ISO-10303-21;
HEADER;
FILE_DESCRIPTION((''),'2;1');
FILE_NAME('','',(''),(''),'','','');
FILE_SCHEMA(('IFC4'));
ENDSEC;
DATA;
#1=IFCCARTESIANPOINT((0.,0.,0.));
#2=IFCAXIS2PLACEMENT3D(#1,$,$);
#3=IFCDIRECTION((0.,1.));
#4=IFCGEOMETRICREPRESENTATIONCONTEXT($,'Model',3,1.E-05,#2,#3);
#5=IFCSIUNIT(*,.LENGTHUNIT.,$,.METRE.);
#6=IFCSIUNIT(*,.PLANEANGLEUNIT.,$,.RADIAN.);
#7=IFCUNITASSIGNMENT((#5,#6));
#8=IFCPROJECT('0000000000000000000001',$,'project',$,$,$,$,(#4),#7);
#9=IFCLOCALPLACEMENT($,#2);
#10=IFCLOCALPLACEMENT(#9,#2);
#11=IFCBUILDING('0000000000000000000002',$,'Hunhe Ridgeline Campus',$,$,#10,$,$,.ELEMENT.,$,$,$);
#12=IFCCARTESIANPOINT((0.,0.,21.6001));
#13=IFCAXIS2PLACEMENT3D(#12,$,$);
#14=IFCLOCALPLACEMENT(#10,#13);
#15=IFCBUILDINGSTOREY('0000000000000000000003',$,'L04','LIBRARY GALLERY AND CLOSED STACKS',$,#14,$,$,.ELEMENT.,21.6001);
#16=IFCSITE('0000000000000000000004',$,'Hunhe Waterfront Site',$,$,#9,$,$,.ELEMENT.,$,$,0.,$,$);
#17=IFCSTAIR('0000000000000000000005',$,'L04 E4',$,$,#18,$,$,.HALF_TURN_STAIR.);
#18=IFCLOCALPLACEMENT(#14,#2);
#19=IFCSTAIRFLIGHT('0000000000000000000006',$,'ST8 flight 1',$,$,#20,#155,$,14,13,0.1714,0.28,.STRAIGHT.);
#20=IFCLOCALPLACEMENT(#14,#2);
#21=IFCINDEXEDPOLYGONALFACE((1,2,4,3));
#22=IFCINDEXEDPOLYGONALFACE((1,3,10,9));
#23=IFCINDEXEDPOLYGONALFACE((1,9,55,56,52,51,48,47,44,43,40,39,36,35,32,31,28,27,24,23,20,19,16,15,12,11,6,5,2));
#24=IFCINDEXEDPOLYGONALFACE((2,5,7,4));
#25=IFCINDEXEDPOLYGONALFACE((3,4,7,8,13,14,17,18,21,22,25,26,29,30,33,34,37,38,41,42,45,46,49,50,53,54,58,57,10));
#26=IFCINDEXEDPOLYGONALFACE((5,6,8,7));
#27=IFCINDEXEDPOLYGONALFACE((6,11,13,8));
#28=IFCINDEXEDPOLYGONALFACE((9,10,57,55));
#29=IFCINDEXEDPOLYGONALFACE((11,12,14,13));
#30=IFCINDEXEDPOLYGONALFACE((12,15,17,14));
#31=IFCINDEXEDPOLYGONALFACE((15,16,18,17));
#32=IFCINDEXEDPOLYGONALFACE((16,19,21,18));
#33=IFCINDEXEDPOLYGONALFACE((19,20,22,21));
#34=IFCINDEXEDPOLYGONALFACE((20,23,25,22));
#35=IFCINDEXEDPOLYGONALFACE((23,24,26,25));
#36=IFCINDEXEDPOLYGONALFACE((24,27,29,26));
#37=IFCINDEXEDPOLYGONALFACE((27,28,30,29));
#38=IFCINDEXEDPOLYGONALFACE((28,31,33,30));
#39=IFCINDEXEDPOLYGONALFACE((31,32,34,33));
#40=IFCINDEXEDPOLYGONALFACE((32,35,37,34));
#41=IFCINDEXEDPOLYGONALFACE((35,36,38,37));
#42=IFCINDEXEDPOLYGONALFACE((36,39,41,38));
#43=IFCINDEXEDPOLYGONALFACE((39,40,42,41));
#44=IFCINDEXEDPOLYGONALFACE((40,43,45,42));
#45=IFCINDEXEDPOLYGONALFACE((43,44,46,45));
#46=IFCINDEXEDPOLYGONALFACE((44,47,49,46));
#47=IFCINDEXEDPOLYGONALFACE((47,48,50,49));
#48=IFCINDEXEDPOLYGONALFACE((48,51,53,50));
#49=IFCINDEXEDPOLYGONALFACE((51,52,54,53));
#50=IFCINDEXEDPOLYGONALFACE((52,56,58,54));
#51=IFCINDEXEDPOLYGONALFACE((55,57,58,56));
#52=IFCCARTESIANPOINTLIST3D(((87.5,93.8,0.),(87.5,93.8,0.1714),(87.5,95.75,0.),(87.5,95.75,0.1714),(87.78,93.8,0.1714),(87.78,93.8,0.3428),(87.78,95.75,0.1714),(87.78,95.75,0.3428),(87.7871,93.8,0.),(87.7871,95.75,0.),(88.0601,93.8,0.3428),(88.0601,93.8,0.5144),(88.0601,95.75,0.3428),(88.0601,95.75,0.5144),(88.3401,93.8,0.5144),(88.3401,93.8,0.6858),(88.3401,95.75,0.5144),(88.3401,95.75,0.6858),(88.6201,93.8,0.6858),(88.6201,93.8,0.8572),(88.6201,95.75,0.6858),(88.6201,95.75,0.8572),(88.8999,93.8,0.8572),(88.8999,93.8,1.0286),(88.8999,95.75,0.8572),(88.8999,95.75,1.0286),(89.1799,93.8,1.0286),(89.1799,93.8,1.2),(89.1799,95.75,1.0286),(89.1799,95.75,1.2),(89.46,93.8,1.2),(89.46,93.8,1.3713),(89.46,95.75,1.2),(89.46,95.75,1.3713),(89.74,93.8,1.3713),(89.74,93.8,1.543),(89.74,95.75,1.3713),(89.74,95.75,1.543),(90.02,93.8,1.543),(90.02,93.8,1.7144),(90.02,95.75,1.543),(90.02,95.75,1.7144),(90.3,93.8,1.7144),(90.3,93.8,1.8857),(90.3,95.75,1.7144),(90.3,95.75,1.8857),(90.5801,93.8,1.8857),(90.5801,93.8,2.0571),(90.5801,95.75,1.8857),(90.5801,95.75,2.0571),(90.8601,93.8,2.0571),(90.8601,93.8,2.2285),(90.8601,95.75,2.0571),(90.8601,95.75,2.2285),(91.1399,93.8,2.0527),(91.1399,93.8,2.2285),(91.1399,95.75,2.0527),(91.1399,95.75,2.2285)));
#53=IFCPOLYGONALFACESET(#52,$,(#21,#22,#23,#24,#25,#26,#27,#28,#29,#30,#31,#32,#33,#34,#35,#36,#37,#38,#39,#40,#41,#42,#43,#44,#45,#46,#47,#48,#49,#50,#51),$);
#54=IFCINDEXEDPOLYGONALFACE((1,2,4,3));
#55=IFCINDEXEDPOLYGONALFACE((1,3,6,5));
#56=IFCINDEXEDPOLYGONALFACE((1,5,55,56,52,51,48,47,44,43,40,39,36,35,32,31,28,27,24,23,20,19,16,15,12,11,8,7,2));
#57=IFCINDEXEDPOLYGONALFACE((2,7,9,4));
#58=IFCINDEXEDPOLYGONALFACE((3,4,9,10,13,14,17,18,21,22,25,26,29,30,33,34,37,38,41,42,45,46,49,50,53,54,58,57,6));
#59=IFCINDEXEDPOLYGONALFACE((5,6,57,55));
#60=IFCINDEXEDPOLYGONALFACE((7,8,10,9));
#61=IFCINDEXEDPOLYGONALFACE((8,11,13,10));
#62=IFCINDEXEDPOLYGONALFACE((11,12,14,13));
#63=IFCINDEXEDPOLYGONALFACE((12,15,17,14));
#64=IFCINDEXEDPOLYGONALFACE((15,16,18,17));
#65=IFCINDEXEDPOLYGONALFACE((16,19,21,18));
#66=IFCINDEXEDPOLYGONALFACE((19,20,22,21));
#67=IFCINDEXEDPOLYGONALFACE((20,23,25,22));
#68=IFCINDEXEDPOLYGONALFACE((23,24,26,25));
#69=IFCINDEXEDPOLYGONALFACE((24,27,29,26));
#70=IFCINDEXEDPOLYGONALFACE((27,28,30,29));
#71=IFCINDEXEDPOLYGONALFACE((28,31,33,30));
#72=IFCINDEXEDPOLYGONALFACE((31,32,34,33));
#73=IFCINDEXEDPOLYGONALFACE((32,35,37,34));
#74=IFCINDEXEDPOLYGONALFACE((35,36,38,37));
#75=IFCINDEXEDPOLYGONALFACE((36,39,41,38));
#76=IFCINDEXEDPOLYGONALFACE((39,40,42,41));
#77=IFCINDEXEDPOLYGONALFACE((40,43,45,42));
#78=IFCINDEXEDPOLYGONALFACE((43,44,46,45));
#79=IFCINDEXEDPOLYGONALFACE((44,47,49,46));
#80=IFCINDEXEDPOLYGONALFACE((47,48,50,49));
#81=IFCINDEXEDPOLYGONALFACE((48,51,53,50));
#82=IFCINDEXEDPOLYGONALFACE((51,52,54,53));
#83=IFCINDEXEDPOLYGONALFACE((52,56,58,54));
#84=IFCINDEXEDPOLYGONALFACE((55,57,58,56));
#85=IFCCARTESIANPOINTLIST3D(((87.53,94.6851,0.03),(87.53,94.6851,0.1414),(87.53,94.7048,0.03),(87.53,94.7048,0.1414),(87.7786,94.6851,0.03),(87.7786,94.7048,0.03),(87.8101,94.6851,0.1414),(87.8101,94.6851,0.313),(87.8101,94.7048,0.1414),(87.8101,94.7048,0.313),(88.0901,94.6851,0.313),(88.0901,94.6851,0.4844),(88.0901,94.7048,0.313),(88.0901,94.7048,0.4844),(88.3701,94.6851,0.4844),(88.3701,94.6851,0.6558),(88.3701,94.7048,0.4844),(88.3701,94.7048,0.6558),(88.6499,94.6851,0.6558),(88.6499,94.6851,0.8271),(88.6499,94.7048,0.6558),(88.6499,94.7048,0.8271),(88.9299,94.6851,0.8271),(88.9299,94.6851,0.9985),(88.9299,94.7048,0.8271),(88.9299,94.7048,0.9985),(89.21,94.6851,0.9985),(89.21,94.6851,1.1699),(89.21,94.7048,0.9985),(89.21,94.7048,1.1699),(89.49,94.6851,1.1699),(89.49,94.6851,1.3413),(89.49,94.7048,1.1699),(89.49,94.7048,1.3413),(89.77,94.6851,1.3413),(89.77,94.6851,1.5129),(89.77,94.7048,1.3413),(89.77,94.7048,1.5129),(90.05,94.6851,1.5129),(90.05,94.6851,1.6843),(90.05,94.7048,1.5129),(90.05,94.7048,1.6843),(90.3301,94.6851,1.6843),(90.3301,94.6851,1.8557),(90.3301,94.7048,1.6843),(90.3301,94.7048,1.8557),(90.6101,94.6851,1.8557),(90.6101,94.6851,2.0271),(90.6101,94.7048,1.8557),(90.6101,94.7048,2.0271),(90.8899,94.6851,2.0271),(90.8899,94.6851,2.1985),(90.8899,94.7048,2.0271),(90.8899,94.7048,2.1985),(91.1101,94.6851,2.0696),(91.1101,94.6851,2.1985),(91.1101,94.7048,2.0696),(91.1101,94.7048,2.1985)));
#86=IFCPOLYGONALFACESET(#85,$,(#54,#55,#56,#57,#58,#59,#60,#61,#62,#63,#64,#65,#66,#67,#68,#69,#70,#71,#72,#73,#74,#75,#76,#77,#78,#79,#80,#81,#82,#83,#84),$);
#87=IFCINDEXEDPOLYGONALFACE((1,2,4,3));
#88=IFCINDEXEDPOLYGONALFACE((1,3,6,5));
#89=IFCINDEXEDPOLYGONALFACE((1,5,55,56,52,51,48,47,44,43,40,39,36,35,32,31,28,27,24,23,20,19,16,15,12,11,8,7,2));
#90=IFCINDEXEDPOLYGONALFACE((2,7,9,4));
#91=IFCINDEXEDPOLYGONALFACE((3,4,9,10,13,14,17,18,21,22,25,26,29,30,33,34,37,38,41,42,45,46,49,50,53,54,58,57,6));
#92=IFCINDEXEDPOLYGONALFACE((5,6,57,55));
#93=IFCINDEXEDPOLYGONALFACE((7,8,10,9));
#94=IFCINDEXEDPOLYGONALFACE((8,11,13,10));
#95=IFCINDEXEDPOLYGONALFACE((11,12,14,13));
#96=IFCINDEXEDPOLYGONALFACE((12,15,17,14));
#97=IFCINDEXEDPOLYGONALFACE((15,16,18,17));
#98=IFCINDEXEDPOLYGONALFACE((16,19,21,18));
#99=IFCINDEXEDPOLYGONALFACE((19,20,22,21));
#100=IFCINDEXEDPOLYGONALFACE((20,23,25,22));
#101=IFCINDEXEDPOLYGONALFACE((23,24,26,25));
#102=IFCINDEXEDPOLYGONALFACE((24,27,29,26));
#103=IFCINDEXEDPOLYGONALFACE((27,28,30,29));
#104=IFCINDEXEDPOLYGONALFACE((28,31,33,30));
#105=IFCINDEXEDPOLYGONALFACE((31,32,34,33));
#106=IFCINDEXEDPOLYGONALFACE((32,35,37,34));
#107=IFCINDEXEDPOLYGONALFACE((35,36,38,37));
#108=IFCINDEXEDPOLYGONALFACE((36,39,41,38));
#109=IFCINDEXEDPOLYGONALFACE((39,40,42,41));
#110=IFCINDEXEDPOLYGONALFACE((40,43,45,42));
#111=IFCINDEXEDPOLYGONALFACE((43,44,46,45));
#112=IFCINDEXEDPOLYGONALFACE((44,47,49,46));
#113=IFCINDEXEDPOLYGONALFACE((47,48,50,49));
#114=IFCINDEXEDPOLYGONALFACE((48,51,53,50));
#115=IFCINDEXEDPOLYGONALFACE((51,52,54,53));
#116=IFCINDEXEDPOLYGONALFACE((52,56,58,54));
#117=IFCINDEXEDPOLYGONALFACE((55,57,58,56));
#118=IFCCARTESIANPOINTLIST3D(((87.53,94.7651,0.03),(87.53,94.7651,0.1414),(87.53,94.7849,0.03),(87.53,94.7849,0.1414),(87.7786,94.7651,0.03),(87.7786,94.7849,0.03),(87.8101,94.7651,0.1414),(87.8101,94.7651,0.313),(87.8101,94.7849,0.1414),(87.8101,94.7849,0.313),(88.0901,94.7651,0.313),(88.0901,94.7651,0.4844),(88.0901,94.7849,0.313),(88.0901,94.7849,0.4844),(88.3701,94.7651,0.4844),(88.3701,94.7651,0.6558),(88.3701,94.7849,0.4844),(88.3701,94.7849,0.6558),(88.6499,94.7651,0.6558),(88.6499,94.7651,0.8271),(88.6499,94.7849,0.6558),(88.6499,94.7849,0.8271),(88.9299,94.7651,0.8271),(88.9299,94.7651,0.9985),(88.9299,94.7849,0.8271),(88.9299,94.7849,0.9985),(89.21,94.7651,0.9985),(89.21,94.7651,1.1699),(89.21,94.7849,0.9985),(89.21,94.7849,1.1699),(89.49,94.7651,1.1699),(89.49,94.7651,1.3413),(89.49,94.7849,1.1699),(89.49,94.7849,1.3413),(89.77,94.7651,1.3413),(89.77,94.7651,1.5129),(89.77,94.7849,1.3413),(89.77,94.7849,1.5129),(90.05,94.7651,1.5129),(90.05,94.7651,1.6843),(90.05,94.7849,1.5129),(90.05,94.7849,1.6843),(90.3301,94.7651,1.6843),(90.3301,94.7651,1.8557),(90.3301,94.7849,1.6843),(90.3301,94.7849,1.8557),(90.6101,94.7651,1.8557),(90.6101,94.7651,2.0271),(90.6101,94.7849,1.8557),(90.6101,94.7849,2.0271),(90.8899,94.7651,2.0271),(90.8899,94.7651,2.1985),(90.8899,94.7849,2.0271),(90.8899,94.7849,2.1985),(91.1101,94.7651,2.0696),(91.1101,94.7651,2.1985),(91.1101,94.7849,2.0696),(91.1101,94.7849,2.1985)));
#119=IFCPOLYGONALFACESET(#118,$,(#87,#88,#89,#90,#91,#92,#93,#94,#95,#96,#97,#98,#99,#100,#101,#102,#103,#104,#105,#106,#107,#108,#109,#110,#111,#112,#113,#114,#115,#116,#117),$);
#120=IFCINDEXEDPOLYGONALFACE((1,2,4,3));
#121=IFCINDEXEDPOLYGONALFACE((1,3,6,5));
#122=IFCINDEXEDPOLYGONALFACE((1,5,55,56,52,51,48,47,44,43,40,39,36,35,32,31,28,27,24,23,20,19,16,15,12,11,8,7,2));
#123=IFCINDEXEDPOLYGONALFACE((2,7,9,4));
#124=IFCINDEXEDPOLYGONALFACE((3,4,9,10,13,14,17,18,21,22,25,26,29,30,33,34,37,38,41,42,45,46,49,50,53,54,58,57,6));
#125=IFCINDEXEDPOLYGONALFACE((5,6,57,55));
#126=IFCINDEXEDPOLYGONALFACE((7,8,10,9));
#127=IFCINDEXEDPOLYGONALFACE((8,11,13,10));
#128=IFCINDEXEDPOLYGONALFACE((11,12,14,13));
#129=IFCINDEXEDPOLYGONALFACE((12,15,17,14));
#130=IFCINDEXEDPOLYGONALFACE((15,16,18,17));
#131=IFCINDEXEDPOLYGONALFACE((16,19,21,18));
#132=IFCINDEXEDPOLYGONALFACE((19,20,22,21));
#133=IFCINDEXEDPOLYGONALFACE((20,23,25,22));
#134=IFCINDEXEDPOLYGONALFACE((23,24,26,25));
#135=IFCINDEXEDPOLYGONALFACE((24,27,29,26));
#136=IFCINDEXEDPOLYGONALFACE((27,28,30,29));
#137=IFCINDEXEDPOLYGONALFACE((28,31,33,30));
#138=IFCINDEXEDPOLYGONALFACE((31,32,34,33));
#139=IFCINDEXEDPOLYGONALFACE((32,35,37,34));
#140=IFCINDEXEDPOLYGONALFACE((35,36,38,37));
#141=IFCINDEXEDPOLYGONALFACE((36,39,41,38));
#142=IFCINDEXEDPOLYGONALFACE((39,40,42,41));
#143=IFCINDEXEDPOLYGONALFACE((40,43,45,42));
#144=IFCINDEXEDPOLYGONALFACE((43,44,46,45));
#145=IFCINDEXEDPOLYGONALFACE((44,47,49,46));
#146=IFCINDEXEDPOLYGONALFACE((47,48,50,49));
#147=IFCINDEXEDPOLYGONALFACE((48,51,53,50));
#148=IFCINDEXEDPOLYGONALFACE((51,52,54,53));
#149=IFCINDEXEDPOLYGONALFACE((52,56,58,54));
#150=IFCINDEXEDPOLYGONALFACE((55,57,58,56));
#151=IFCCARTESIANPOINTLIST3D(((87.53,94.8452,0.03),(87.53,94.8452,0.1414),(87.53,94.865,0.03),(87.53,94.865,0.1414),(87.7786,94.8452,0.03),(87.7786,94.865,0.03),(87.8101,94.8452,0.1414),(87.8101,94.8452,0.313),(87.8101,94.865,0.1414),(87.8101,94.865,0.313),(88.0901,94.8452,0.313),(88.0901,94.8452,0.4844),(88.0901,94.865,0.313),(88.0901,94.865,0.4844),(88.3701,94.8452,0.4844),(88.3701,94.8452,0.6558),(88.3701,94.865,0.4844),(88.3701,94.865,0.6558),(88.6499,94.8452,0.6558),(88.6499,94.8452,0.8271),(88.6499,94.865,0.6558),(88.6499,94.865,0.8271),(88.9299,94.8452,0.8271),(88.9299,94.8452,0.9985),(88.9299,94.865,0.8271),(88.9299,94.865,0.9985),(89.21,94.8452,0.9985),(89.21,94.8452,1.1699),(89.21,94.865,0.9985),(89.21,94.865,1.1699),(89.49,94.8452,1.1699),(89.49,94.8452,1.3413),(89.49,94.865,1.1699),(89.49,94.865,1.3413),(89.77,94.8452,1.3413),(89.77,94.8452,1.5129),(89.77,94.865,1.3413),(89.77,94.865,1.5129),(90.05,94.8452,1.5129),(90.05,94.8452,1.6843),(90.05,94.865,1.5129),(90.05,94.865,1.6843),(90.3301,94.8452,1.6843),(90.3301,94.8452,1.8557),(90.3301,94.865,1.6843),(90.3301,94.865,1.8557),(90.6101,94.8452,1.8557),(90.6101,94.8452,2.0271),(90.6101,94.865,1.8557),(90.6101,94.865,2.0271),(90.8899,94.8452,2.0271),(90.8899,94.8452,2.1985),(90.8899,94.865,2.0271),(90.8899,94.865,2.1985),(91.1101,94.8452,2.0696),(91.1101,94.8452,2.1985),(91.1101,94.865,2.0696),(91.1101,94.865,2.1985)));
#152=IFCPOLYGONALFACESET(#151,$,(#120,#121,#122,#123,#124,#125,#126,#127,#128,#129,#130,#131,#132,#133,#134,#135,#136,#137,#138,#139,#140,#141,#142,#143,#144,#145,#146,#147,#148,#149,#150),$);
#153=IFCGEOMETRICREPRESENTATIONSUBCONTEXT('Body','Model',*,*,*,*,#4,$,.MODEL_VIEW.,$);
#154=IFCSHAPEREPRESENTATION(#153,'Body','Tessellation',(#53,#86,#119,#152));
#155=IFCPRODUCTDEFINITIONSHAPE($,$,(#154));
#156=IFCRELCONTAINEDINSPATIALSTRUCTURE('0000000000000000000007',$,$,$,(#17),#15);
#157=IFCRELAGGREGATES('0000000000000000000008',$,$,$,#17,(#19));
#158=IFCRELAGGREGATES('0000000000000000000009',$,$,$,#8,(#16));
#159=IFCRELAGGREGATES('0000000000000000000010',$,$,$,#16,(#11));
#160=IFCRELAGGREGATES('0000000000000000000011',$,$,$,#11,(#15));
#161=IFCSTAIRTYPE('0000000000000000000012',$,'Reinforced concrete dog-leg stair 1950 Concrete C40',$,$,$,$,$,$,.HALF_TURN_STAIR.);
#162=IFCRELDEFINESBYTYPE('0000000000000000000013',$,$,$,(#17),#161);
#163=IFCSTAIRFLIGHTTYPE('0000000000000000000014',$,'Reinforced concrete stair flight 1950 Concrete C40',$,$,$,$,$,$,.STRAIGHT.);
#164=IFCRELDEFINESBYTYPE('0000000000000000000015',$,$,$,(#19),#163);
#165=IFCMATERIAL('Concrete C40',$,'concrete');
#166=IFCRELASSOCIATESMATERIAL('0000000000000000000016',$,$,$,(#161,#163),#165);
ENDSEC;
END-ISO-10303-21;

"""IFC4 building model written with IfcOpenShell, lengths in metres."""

from ifc_helpers import new_model, si_unit, direction, frame, origin, place, context, subcontext, project, spatial, polyline, outline, extrude, material, type_object, element, aggregate, save


model = new_model("IFC4")

# Units and contexts
model_context = context("Model", 3, precision=1e-05, world=origin(), true_north=direction((0.0, 1.0)))
body_context = subcontext(model_context, "Body", "Model", "MODEL_VIEW")
ifc_project = project(units=[si_unit("LENGTHUNIT", "METRE"), si_unit("PLANEANGLEUNIT", "RADIAN")], contexts=[model_context])

# Site, building, storey
site_placement = place(None, origin())
site = spatial("IfcSite", under=ifc_project, at=site_placement, Name="Hunhe Waterfront Site", CompositionType="ELEMENT", RefElevation=0.0)
building_placement = place(site_placement, origin())
building = spatial("IfcBuilding", under=site, at=building_placement, Name="Hunhe Ridgeline Campus", CompositionType="ELEMENT")
storey_placement = place(building_placement, frame((0.0, 0.0, 21.6001)))
storey = spatial("IfcBuildingStorey", under=building, at=storey_placement, Name="L04", Description="LIBRARY GALLERY AND CLOSED STACKS", CompositionType="ELEMENT", Elevation=21.6001)

# Stair, stair flight
ifc_material_1 = material(Name="Concrete C40", Category="concrete")
stair_type = type_object("IfcStairType", Name="Reinforced concrete dog-leg stair 1950 Concrete C40", PredefinedType="HALF_TURN_STAIR", material=ifc_material_1)
stair_placement = place(storey_placement, origin())
stair = element("IfcStair", 1, at=stair_placement, inside=storey, type_object=stair_type, Name="L04 E4", PredefinedType="HALF_TURN_STAIR")
stair_flight_type = type_object("IfcStairFlightType", Name="Reinforced concrete stair flight 1950 Concrete C40", PredefinedType="STRAIGHT", material=ifc_material_1)
stair_flight_1_placement = place(storey_placement, frame((87.5, 94.7749, 0.0), z_axis=(0.0, 0.0, 1.0), x_axis=(1.0, 0.0, 0.0)))
stair_flight_1 = element("IfcStairFlight", 2, at=stair_flight_1_placement, type_object=stair_flight_type, Name="ST8 flight 1", NumberOfRisers=14, NumberOfTreads=13, PredefinedType="STRAIGHT", RiserHeight=0.1714, TreadLength=0.28, context=body_context, shape_type="SweptSolid", body=[
    extrude(outline(polyline([(0.0, 0.0), (0.0, 0.1714), (0.28, 0.1714), (0.28, 0.3428), (0.5601, 0.3428), (0.5601, 0.5144), (0.8401, 0.5144), (0.8401, 0.6858), (1.1201, 0.6858), (1.1201, 0.8572), (1.3999, 0.8572), (1.3999, 1.0286), (1.6799, 1.0286), (1.6799, 1.2), (1.96, 1.2), (1.96, 1.3713), (2.24, 1.3713), (2.24, 1.543), (2.52, 1.543), (2.52, 1.7144), (2.8, 1.7144), (2.8, 1.8857), (3.0801, 1.8857), (3.0801, 2.0571), (3.3601, 2.0571), (3.3601, 2.2285), (3.6399, 2.2285), (3.6399, 2.3999), (3.6399, 2.0527), (0.2871, 0.0), (0.0, 0.0)])), frame((0.0, 0.9751, 0.0), z_axis=(0.0, -1.0, 0.0), x_axis=(1.0, 0.0, 0.0)), (0.0, 0.0, 1.0), 1.95),
    extrude(outline(polyline([(0.03, 0.03), (0.03, 0.1414), (0.3101, 0.1414), (0.3101, 0.313), (0.5901, 0.313), (0.5901, 0.4844), (0.8701, 0.4844), (0.8701, 0.6558), (1.1499, 0.6558), (1.1499, 0.8271), (1.4299, 0.8271), (1.4299, 0.9985), (1.71, 0.9985), (1.71, 1.1699), (1.99, 1.1699), (1.99, 1.3413), (2.27, 1.3413), (2.27, 1.5129), (2.55, 1.5129), (2.55, 1.6843), (2.8301, 1.6843), (2.8301, 1.8557), (3.1101, 1.8557), (3.1101, 2.0271), (3.3899, 2.0271), (3.3899, 2.1985), (3.6101, 2.1985), (3.6101, 2.0696), (0.2786, 0.03), (0.03, 0.03)])), frame((0.0, -0.0701, 0.0), z_axis=(0.0, -1.0, 0.0), x_axis=(1.0, 0.0, 0.0)), (0.0, 0.0, 1.0), 0.0198),
    extrude(outline(polyline([(0.03, 0.03), (0.03, 0.1414), (0.3101, 0.1414), (0.3101, 0.313), (0.5901, 0.313), (0.5901, 0.4844), (0.8701, 0.4844), (0.8701, 0.6558), (1.1499, 0.6558), (1.1499, 0.8271), (1.4299, 0.8271), (1.4299, 0.9985), (1.71, 0.9985), (1.71, 1.1699), (1.99, 1.1699), (1.99, 1.3413), (2.27, 1.3413), (2.27, 1.5129), (2.55, 1.5129), (2.55, 1.6843), (2.8301, 1.6843), (2.8301, 1.8557), (3.1101, 1.8557), (3.1101, 2.0271), (3.3899, 2.0271), (3.3899, 2.1985), (3.6101, 2.1985), (3.6101, 2.0696), (0.2786, 0.03), (0.03, 0.03)])), frame((0.0, 0.01, 0.0), z_axis=(0.0, -1.0, 0.0), x_axis=(1.0, 0.0, 0.0)), (0.0, 0.0, 1.0), 0.0198),
    extrude(outline(polyline([(0.03, 0.03), (0.03, 0.1414), (0.3101, 0.1414), (0.3101, 0.313), (0.5901, 0.313), (0.5901, 0.4844), (0.8701, 0.4844), (0.8701, 0.6558), (1.1499, 0.6558), (1.1499, 0.8271), (1.4299, 0.8271), (1.4299, 0.9985), (1.71, 0.9985), (1.71, 1.1699), (1.99, 1.1699), (1.99, 1.3413), (2.27, 1.3413), (2.27, 1.5129), (2.55, 1.5129), (2.55, 1.6843), (2.8301, 1.6843), (2.8301, 1.8557), (3.1101, 1.8557), (3.1101, 2.0271), (3.3899, 2.0271), (3.3899, 2.1985), (3.6101, 2.1985), (3.6101, 2.0696), (0.2786, 0.03), (0.03, 0.03)])), frame((0.0, 0.0901, 0.0), z_axis=(0.0, -1.0, 0.0), x_axis=(1.0, 0.0, 0.0)), (0.0, 0.0, 1.0), 0.0198),
])
aggregate(stair, [stair_flight_1])

save(model, "model.ifc")
